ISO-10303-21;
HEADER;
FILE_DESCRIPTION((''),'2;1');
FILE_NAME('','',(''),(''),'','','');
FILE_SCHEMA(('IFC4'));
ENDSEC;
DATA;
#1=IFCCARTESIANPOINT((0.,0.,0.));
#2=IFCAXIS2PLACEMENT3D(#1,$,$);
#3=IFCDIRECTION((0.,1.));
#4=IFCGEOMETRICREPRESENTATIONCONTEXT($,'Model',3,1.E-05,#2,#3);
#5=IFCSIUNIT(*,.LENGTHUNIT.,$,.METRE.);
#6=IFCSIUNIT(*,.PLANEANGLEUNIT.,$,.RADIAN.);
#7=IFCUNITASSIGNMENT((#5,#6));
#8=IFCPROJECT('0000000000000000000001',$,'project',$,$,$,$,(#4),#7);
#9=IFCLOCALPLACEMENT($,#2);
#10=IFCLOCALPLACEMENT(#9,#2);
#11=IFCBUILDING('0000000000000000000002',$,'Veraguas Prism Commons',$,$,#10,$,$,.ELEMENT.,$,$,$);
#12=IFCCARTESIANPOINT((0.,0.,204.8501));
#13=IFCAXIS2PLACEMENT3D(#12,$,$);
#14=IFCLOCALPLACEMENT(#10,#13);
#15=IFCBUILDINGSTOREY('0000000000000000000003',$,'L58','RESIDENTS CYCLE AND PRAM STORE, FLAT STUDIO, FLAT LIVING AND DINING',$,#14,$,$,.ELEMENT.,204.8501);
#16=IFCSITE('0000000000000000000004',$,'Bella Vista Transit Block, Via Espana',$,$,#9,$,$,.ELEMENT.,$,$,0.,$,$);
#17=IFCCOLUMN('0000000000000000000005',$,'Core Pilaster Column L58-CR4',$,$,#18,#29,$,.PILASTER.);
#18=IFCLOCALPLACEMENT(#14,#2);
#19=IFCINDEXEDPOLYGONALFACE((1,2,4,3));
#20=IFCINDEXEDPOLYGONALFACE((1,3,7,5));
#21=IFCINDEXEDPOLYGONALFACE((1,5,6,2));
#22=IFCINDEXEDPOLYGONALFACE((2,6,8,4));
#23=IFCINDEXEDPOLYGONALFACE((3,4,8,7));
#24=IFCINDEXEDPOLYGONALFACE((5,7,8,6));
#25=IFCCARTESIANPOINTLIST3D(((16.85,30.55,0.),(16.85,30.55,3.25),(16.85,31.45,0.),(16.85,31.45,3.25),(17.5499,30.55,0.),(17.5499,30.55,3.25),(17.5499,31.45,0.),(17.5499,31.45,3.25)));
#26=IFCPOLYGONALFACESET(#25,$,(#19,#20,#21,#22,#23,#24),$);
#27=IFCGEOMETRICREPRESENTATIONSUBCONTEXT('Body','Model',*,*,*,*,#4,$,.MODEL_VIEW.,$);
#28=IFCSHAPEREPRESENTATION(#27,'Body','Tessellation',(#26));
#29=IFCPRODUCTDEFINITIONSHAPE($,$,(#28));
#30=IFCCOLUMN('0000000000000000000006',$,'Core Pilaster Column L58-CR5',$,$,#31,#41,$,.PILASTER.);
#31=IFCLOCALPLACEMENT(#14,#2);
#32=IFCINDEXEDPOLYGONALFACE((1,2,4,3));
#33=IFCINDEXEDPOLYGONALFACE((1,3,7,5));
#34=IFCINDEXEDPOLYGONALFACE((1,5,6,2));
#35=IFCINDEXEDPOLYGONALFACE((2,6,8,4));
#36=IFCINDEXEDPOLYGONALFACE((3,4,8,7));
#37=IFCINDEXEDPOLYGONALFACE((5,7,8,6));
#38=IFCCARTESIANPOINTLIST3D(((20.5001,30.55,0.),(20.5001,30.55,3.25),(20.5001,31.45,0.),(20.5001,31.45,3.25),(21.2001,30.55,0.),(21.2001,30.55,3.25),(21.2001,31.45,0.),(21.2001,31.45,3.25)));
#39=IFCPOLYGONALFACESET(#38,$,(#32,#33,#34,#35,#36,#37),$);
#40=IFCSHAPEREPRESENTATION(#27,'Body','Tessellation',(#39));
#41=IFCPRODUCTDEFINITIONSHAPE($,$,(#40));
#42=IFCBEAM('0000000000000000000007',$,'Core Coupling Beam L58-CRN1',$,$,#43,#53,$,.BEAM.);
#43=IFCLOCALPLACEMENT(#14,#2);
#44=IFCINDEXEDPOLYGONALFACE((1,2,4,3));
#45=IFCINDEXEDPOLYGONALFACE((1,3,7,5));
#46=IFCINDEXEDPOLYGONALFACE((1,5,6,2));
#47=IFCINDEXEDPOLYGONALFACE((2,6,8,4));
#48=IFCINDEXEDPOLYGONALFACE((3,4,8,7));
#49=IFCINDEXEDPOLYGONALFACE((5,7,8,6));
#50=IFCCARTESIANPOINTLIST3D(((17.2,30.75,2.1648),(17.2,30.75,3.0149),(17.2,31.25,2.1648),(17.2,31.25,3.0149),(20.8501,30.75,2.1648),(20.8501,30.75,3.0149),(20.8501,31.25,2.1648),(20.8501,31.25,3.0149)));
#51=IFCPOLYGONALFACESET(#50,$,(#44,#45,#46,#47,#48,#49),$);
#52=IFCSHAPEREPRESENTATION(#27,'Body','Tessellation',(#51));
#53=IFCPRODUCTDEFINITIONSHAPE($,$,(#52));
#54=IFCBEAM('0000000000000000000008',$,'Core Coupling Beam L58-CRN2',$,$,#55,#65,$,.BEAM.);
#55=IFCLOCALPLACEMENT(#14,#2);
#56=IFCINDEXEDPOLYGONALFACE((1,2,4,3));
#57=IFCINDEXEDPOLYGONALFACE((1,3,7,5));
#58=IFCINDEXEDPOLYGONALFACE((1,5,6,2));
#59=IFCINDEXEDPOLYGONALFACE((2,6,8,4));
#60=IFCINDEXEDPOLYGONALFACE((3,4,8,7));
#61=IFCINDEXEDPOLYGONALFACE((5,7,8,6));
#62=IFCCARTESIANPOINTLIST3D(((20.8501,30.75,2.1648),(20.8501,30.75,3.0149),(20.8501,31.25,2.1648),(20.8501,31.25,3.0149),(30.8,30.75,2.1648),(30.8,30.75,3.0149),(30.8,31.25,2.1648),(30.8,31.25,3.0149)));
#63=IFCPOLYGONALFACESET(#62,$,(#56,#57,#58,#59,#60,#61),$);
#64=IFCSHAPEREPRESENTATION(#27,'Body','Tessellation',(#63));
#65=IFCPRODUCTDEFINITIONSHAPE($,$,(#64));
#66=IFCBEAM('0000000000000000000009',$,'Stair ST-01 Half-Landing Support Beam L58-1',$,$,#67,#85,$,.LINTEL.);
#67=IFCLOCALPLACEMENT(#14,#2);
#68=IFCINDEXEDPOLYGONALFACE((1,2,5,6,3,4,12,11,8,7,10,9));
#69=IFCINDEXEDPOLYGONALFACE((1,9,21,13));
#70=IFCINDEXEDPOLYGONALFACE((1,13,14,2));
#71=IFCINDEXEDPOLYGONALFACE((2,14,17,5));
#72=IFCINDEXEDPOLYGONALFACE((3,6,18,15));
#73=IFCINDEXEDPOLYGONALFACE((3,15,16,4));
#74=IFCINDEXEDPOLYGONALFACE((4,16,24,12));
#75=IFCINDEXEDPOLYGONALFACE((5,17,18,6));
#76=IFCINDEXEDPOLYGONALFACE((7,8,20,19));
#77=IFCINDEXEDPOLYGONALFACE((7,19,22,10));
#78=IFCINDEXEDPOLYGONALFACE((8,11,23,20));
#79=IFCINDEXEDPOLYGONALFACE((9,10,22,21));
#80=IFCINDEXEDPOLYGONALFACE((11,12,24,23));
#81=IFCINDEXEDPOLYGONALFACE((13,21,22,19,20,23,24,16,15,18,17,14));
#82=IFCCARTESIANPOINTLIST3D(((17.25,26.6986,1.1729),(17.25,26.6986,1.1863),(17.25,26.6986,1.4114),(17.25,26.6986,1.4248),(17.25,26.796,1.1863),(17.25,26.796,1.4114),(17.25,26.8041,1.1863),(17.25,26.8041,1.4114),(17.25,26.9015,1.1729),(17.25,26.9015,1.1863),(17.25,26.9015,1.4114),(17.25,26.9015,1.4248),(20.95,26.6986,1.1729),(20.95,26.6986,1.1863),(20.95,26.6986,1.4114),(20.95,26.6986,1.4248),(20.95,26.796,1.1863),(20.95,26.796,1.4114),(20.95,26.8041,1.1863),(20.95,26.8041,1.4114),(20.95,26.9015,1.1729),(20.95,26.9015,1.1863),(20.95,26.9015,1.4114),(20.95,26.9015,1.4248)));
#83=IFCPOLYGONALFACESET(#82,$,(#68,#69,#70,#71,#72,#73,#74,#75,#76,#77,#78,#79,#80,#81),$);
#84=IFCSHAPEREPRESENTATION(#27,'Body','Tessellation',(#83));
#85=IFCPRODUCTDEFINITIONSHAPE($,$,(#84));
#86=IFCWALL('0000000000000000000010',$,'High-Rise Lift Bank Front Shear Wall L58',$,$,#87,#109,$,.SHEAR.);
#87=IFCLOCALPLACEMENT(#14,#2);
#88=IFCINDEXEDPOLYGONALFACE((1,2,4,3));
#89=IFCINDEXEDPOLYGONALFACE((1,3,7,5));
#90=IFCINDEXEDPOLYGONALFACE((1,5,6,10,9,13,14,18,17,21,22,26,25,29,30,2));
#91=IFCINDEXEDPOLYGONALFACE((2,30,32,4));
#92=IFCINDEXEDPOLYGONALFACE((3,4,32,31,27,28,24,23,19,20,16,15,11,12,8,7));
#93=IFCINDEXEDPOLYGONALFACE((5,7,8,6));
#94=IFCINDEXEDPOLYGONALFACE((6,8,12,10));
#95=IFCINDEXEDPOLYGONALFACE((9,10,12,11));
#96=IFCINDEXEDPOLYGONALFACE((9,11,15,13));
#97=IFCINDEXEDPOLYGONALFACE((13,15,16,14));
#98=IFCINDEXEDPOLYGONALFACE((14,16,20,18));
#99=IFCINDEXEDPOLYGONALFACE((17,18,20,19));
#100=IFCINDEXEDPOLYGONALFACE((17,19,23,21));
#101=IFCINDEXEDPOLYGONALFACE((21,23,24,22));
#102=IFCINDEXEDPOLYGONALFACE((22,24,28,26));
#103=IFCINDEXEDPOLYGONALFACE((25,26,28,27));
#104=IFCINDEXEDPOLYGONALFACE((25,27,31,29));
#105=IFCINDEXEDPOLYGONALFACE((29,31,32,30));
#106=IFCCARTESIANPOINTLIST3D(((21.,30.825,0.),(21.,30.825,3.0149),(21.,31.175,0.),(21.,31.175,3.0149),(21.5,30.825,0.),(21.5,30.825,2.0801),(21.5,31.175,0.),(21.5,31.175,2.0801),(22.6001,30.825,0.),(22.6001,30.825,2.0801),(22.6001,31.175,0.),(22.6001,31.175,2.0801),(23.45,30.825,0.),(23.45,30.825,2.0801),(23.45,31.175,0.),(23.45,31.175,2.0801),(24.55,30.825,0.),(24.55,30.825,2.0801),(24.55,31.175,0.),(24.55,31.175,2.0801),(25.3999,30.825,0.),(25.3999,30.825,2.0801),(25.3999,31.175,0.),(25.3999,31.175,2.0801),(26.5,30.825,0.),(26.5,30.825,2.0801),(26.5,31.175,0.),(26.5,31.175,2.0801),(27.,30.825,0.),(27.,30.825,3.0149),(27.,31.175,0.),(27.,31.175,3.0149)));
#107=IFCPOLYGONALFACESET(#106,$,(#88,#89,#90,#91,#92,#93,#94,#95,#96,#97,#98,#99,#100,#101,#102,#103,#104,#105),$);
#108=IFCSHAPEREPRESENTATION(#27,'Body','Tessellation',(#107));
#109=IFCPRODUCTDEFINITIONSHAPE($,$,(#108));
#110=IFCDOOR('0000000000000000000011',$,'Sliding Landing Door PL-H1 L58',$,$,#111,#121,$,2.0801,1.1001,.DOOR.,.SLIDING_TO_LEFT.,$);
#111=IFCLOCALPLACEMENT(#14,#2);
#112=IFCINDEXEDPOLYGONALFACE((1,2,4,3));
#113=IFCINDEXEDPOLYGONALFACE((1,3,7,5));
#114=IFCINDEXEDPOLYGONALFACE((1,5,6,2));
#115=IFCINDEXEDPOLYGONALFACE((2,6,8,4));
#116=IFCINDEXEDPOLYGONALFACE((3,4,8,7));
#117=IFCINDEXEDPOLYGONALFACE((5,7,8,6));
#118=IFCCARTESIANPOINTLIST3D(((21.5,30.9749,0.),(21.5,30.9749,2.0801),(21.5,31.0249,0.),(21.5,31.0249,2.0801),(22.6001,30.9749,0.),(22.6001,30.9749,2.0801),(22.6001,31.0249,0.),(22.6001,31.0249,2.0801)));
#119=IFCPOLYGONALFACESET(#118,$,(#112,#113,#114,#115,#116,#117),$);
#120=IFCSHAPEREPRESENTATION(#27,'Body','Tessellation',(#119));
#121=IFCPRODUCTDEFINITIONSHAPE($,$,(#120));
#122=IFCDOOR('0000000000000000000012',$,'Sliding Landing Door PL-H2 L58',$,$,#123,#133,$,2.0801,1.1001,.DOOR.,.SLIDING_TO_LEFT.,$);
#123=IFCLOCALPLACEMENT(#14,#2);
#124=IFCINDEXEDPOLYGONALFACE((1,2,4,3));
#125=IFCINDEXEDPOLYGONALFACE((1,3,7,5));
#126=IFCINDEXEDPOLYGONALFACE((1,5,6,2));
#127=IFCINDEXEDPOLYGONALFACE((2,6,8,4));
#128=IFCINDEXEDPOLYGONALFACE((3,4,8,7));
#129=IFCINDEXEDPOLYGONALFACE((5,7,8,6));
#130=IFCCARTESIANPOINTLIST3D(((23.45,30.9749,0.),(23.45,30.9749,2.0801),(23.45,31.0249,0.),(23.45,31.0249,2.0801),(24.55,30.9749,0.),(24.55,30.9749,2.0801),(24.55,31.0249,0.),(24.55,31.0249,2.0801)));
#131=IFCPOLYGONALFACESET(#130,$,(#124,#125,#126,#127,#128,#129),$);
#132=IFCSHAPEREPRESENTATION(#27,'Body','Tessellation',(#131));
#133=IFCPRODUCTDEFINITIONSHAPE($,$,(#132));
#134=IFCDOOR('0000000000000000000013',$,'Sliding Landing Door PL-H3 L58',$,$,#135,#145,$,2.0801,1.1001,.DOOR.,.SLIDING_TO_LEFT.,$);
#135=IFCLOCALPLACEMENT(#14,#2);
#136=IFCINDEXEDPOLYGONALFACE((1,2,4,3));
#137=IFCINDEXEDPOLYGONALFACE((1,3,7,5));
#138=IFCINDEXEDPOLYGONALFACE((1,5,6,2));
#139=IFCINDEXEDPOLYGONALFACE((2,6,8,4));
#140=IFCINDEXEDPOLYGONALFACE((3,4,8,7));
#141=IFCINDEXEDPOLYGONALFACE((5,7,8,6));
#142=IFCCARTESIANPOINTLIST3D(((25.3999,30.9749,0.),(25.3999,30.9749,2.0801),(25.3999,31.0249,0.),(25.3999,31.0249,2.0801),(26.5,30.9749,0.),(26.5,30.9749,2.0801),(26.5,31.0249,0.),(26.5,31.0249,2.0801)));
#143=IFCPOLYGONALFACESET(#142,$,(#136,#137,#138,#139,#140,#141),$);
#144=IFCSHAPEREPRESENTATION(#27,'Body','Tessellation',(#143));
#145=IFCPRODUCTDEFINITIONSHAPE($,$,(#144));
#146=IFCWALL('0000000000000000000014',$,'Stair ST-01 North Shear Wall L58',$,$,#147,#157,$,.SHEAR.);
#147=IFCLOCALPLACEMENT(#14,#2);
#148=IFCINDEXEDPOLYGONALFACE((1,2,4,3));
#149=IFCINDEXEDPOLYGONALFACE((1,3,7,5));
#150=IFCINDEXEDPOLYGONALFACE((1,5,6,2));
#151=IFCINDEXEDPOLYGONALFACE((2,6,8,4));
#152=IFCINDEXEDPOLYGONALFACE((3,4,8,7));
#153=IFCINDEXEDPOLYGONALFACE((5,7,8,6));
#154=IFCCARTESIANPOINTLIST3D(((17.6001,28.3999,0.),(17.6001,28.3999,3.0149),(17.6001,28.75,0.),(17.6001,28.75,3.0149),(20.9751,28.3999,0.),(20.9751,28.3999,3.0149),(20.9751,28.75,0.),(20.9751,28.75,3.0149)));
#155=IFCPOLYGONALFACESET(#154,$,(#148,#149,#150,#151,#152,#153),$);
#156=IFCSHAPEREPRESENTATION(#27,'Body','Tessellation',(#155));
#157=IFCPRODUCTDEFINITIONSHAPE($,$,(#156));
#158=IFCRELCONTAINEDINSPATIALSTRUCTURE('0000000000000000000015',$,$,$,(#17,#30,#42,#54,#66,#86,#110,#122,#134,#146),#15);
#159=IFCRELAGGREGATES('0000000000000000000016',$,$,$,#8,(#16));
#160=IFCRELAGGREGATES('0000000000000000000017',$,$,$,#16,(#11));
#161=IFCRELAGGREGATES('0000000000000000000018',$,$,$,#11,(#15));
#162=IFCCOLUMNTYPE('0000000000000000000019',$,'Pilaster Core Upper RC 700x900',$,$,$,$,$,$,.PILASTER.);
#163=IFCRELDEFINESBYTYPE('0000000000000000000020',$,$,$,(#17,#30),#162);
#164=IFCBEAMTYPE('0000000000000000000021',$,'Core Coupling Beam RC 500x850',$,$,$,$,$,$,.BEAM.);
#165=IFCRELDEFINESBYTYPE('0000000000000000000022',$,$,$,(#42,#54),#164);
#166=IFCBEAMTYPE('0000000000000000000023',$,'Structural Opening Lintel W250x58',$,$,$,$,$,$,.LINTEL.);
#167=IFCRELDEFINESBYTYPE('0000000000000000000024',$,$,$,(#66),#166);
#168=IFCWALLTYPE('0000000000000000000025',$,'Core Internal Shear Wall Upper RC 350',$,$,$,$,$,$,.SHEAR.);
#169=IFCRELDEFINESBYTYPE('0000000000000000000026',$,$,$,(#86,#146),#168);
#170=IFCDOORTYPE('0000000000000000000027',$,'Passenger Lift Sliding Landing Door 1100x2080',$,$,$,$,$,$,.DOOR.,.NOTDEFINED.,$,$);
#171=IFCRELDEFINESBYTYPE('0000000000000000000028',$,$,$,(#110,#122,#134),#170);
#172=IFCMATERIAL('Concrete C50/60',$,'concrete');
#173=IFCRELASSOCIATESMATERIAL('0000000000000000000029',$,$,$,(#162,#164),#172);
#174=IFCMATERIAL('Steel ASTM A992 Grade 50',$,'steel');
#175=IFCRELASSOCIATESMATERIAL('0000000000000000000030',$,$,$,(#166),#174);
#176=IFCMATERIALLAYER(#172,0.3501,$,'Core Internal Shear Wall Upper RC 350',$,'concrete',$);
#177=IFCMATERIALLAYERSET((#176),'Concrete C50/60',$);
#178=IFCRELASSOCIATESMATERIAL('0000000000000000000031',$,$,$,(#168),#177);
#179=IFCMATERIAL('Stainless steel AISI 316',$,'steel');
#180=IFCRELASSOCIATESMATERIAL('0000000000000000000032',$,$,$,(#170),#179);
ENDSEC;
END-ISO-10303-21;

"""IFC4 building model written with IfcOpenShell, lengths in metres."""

from ifc_helpers import new_model, si_unit, direction, frame, frame_2d, origin, origin_2d, place, context, subcontext, project, spatial, rectangle, i_section, extrude, source, transform, mapped, material, layer, layer_set, material_profile, profile_set, type_object, element, fill, save


model = new_model("IFC4")

# Units and contexts
model_context = context("Model", 3, precision=1e-05, world=origin(), true_north=direction((0.0, 1.0)))
body_context = subcontext(model_context, "Body", "Model", "MODEL_VIEW")
ifc_project = project(units=[si_unit("LENGTHUNIT", "METRE"), si_unit("PLANEANGLEUNIT", "RADIAN")], contexts=[model_context])

# Site, building, storey
site_placement = place(None, origin())
site = spatial("IfcSite", under=ifc_project, at=site_placement, Name="Bella Vista Transit Block, Via Espana", CompositionType="ELEMENT", RefElevation=0.0)
building_placement = place(site_placement, origin())
building = spatial("IfcBuilding", under=site, at=building_placement, Name="Veraguas Prism Commons", CompositionType="ELEMENT")
storey_placement = place(building_placement, frame((0.0, 0.0, 204.8501)))
storey = spatial("IfcBuildingStorey", under=building, at=storey_placement, Name="L58", Description="RESIDENTS CYCLE AND PRAM STORE, FLAT STUDIO, FLAT LIVING AND DINING", CompositionType="ELEMENT", Elevation=204.8501)

# Columns
ifc_material_1 = material(Name="Concrete C50/60", Category="concrete")
ifc_material_profile_1 = material_profile(ifc_material_1, rectangle(XDim=0.7, YDim=0.8999, at=origin_2d()), Name="RC700X900")
ifc_profile_set_1 = profile_set([ifc_material_profile_1], Name="Concrete C50/60")
column_type = type_object("IfcColumnType", Name="Pilaster Core Upper RC 700x900", PredefinedType="PILASTER", material=ifc_profile_set_1)
for number, where, z_axis, x_axis, name in (
    (1, (17.2, 31.0, 0.0), (0.0, 0.0, 1.0), (1.0, 0.0, 0.0), "Core Pilaster Column L58-CR4"),
    (2, (20.8501, 31.0, 0.0), (0.0, 0.0, 1.0), (1.0, 0.0, 0.0), "Core Pilaster Column L58-CR5"),
):
    element("IfcColumn", number, at=place(storey_placement, frame(where, z_axis=z_axis, x_axis=x_axis)), inside=storey, type_object=column_type, Name=name, PredefinedType="PILASTER", context=body_context, shape_type="SweptSolid", body=[
        extrude(rectangle(XDim=0.7, YDim=0.8999, at=origin_2d()), origin(), (0.0, 0.0, 1.0), 3.25),
    ])

# Beams
ifc_material_profile_2 = material_profile(ifc_material_1, rectangle(XDim=0.5, YDim=0.8501, at=origin_2d()), Name="RC500X850")
ifc_profile_set_2 = profile_set([ifc_material_profile_2], Name="Concrete C50/60")
beam_type_1 = type_object("IfcBeamType", Name="Core Coupling Beam RC 500x850", PredefinedType="BEAM", material=ifc_profile_set_2)
beam_1_placement = place(storey_placement, frame((17.2, 31.0, 2.5898), z_axis=(1.0, 0.0, 0.0), x_axis=(0.0, 1.0, 0.0)))
element("IfcBeam", 3, at=beam_1_placement, inside=storey, type_object=beam_type_1, Name="Core Coupling Beam L58-CRN1", PredefinedType="BEAM", context=body_context, shape_type="SweptSolid", body=[
    extrude(rectangle(XDim=0.5, YDim=0.8501, at=origin_2d()), origin(), (0.0, 0.0, 1.0), 3.6501),
])
beam_2_placement = place(storey_placement, frame((20.8501, 31.0, 2.5898), z_axis=(1.0, 0.0, 0.0), x_axis=(0.0, 1.0, 0.0)))
element("IfcBeam", 4, at=beam_2_placement, inside=storey, type_object=beam_type_1, Name="Core Coupling Beam L58-CRN2", PredefinedType="BEAM", context=body_context, shape_type="SweptSolid", body=[
    extrude(rectangle(XDim=0.5, YDim=0.8501, at=origin_2d()), origin(), (0.0, 0.0, 1.0), 9.95),
])
ifc_material_2 = material(Name="Steel ASTM A992 Grade 50", Category="steel")
ifc_material_profile_3 = material_profile(ifc_material_2, i_section(OverallWidth=0.2029, OverallDepth=0.252, WebThickness=0.0081, FlangeThickness=0.0134, at=origin_2d()), Name="W250X58")
ifc_profile_set_3 = profile_set([ifc_material_profile_3], Name="Steel ASTM A992 Grade 50")
beam_type_2 = type_object("IfcBeamType", Name="Structural Opening Lintel W250x58", PredefinedType="LINTEL", material=ifc_profile_set_3)
beam_3_placement = place(storey_placement, frame((17.25, 26.8, 1.2988), z_axis=(1.0, 0.0, 0.0), x_axis=(0.0, 1.0, 0.0)))
element("IfcBeam", 5, at=beam_3_placement, inside=storey, type_object=beam_type_2, Name="Stair ST-01 Half-Landing Support Beam L58-1", PredefinedType="LINTEL", context=body_context, shape_type="SweptSolid", body=[
    extrude(i_section(OverallWidth=0.2029, OverallDepth=0.252, WebThickness=0.0081, FlangeThickness=0.0134, at=origin_2d()), origin(), (0.0, 0.0, 1.0), 3.7),
])

# Wall, openings, doors
ifc_layer_1 = layer(ifc_material_1, 0.3501, Name="Core Internal Shear Wall Upper RC 350", Category="concrete")
ifc_layer_set_1 = layer_set([ifc_layer_1], Name="Concrete C50/60")
wall_type_1 = type_object("IfcWallType", Name="Core Internal Shear Wall Upper RC 350", PredefinedType="SHEAR", material=ifc_layer_set_1)
wall_1_placement = place(storey_placement, frame((21.0, 31.0, 0.0), z_axis=(0.0, 0.0, 1.0), x_axis=(1.0, 0.0, 0.0)))
wall_1 = element("IfcWall", 6, at=wall_1_placement, inside=storey, type_object=wall_type_1, Name="High-Rise Lift Bank Front Shear Wall L58", PredefinedType="SHEAR", context=body_context, shape_type="SweptSolid", body=[
    extrude(rectangle(XDim=6.0, YDim=0.3501, at=frame_2d((3.0, 0.0))), origin(), (0.0, 0.0, 1.0), 3.0149),
])
opening_1_placement = place(wall_1_placement, frame((0.5, 0.0, 0.0)))
opening_1 = element("IfcOpeningElement", 7, at=opening_1_placement, cuts=wall_1, PredefinedType="OPENING", context=body_context, shape_type="SweptSolid", body=[
    extrude(rectangle(XDim=1.1001, YDim=2.0801, at=frame_2d((0.55, 1.04))), frame((0.0, 0.1851, 0.0), z_axis=(0.0, -1.0, 0.0), x_axis=(1.0, 0.0, 0.0)), (0.0, 0.0, 1.0), 0.3701),
])
opening_2_placement = place(wall_1_placement, frame((2.45, 0.0, 0.0)))
opening_2 = element("IfcOpeningElement", 8, at=opening_2_placement, cuts=wall_1, PredefinedType="OPENING", context=body_context, shape_type="SweptSolid", body=[
    extrude(rectangle(XDim=1.1001, YDim=2.0801, at=frame_2d((0.55, 1.04))), frame((0.0, 0.1851, 0.0), z_axis=(0.0, -1.0, 0.0), x_axis=(1.0, 0.0, 0.0)), (0.0, 0.0, 1.0), 0.3701),
])
opening_3_placement = place(wall_1_placement, frame((4.3999, 0.0, 0.0)))
opening_3 = element("IfcOpeningElement", 9, at=opening_3_placement, cuts=wall_1, PredefinedType="OPENING", context=body_context, shape_type="SweptSolid", body=[
    extrude(rectangle(XDim=1.1001, YDim=2.0801, at=frame_2d((0.55, 1.04))), frame((0.0, 0.1851, 0.0), z_axis=(0.0, -1.0, 0.0), x_axis=(1.0, 0.0, 0.0)), (0.0, 0.0, 1.0), 0.3701),
])
ifc_material_3 = material(Name="Stainless steel AISI 316", Category="steel")
door_type_1 = type_object("IfcDoorType", Name="Passenger Lift Sliding Landing Door 1100x2080", OperationType="NOTDEFINED", PredefinedType="DOOR", material=ifc_material_3)
shared_shape_1 = source(origin(), body_context, "Body", "SweptSolid", [
    extrude(rectangle(XDim=1.1001, YDim=2.0801, at=frame_2d((0.55, 1.04))), frame((0.0, 0.0249, 0.0), z_axis=(0.0, -1.0, 0.0), x_axis=(1.0, 0.0, 0.0)), (0.0, 0.0, 1.0), 0.05),
])
door_1_placement = place(opening_1_placement, origin())
door_1 = element("IfcDoor", 10, at=door_1_placement, inside=storey, type_object=door_type_1, Name="Sliding Landing Door PL-H1 L58", OperationType="SLIDING_TO_LEFT", OverallHeight=2.0801, OverallWidth=1.1001, PredefinedType="DOOR", context=body_context, shape_type="MappedRepresentation", body=[
    mapped(shared_shape_1, transform((0.0, 0.0, 0.0), scale=1.0)),
])
fill(opening_1, door_1)
door_2_placement = place(opening_2_placement, origin())
door_2 = element("IfcDoor", 11, at=door_2_placement, inside=storey, type_object=door_type_1, Name="Sliding Landing Door PL-H2 L58", OperationType="SLIDING_TO_LEFT", OverallHeight=2.0801, OverallWidth=1.1001, PredefinedType="DOOR", context=body_context, shape_type="MappedRepresentation", body=[
    mapped(shared_shape_1, transform((0.0, 0.0, 0.0), scale=1.0)),
])
fill(opening_2, door_2)
door_3_placement = place(opening_3_placement, origin())
door_3 = element("IfcDoor", 12, at=door_3_placement, inside=storey, type_object=door_type_1, Name="Sliding Landing Door PL-H3 L58", OperationType="SLIDING_TO_LEFT", OverallHeight=2.0801, OverallWidth=1.1001, PredefinedType="DOOR", context=body_context, shape_type="MappedRepresentation", body=[
    mapped(shared_shape_1, transform((0.0, 0.0, 0.0), scale=1.0)),
])
fill(opening_3, door_3)

# Wall
wall_2_placement = place(storey_placement, frame((17.6001, 28.575, 0.0), z_axis=(0.0, 0.0, 1.0), x_axis=(1.0, 0.0, 0.0)))
element("IfcWall", 13, at=wall_2_placement, inside=storey, type_object=wall_type_1, Name="Stair ST-01 North Shear Wall L58", PredefinedType="SHEAR", context=body_context, shape_type="SweptSolid", body=[
    extrude(rectangle(XDim=3.375, YDim=0.3501, at=frame_2d((1.6875, 0.0))), origin(), (0.0, 0.0, 1.0), 3.0149),
])

save(model, "model.ifc")
